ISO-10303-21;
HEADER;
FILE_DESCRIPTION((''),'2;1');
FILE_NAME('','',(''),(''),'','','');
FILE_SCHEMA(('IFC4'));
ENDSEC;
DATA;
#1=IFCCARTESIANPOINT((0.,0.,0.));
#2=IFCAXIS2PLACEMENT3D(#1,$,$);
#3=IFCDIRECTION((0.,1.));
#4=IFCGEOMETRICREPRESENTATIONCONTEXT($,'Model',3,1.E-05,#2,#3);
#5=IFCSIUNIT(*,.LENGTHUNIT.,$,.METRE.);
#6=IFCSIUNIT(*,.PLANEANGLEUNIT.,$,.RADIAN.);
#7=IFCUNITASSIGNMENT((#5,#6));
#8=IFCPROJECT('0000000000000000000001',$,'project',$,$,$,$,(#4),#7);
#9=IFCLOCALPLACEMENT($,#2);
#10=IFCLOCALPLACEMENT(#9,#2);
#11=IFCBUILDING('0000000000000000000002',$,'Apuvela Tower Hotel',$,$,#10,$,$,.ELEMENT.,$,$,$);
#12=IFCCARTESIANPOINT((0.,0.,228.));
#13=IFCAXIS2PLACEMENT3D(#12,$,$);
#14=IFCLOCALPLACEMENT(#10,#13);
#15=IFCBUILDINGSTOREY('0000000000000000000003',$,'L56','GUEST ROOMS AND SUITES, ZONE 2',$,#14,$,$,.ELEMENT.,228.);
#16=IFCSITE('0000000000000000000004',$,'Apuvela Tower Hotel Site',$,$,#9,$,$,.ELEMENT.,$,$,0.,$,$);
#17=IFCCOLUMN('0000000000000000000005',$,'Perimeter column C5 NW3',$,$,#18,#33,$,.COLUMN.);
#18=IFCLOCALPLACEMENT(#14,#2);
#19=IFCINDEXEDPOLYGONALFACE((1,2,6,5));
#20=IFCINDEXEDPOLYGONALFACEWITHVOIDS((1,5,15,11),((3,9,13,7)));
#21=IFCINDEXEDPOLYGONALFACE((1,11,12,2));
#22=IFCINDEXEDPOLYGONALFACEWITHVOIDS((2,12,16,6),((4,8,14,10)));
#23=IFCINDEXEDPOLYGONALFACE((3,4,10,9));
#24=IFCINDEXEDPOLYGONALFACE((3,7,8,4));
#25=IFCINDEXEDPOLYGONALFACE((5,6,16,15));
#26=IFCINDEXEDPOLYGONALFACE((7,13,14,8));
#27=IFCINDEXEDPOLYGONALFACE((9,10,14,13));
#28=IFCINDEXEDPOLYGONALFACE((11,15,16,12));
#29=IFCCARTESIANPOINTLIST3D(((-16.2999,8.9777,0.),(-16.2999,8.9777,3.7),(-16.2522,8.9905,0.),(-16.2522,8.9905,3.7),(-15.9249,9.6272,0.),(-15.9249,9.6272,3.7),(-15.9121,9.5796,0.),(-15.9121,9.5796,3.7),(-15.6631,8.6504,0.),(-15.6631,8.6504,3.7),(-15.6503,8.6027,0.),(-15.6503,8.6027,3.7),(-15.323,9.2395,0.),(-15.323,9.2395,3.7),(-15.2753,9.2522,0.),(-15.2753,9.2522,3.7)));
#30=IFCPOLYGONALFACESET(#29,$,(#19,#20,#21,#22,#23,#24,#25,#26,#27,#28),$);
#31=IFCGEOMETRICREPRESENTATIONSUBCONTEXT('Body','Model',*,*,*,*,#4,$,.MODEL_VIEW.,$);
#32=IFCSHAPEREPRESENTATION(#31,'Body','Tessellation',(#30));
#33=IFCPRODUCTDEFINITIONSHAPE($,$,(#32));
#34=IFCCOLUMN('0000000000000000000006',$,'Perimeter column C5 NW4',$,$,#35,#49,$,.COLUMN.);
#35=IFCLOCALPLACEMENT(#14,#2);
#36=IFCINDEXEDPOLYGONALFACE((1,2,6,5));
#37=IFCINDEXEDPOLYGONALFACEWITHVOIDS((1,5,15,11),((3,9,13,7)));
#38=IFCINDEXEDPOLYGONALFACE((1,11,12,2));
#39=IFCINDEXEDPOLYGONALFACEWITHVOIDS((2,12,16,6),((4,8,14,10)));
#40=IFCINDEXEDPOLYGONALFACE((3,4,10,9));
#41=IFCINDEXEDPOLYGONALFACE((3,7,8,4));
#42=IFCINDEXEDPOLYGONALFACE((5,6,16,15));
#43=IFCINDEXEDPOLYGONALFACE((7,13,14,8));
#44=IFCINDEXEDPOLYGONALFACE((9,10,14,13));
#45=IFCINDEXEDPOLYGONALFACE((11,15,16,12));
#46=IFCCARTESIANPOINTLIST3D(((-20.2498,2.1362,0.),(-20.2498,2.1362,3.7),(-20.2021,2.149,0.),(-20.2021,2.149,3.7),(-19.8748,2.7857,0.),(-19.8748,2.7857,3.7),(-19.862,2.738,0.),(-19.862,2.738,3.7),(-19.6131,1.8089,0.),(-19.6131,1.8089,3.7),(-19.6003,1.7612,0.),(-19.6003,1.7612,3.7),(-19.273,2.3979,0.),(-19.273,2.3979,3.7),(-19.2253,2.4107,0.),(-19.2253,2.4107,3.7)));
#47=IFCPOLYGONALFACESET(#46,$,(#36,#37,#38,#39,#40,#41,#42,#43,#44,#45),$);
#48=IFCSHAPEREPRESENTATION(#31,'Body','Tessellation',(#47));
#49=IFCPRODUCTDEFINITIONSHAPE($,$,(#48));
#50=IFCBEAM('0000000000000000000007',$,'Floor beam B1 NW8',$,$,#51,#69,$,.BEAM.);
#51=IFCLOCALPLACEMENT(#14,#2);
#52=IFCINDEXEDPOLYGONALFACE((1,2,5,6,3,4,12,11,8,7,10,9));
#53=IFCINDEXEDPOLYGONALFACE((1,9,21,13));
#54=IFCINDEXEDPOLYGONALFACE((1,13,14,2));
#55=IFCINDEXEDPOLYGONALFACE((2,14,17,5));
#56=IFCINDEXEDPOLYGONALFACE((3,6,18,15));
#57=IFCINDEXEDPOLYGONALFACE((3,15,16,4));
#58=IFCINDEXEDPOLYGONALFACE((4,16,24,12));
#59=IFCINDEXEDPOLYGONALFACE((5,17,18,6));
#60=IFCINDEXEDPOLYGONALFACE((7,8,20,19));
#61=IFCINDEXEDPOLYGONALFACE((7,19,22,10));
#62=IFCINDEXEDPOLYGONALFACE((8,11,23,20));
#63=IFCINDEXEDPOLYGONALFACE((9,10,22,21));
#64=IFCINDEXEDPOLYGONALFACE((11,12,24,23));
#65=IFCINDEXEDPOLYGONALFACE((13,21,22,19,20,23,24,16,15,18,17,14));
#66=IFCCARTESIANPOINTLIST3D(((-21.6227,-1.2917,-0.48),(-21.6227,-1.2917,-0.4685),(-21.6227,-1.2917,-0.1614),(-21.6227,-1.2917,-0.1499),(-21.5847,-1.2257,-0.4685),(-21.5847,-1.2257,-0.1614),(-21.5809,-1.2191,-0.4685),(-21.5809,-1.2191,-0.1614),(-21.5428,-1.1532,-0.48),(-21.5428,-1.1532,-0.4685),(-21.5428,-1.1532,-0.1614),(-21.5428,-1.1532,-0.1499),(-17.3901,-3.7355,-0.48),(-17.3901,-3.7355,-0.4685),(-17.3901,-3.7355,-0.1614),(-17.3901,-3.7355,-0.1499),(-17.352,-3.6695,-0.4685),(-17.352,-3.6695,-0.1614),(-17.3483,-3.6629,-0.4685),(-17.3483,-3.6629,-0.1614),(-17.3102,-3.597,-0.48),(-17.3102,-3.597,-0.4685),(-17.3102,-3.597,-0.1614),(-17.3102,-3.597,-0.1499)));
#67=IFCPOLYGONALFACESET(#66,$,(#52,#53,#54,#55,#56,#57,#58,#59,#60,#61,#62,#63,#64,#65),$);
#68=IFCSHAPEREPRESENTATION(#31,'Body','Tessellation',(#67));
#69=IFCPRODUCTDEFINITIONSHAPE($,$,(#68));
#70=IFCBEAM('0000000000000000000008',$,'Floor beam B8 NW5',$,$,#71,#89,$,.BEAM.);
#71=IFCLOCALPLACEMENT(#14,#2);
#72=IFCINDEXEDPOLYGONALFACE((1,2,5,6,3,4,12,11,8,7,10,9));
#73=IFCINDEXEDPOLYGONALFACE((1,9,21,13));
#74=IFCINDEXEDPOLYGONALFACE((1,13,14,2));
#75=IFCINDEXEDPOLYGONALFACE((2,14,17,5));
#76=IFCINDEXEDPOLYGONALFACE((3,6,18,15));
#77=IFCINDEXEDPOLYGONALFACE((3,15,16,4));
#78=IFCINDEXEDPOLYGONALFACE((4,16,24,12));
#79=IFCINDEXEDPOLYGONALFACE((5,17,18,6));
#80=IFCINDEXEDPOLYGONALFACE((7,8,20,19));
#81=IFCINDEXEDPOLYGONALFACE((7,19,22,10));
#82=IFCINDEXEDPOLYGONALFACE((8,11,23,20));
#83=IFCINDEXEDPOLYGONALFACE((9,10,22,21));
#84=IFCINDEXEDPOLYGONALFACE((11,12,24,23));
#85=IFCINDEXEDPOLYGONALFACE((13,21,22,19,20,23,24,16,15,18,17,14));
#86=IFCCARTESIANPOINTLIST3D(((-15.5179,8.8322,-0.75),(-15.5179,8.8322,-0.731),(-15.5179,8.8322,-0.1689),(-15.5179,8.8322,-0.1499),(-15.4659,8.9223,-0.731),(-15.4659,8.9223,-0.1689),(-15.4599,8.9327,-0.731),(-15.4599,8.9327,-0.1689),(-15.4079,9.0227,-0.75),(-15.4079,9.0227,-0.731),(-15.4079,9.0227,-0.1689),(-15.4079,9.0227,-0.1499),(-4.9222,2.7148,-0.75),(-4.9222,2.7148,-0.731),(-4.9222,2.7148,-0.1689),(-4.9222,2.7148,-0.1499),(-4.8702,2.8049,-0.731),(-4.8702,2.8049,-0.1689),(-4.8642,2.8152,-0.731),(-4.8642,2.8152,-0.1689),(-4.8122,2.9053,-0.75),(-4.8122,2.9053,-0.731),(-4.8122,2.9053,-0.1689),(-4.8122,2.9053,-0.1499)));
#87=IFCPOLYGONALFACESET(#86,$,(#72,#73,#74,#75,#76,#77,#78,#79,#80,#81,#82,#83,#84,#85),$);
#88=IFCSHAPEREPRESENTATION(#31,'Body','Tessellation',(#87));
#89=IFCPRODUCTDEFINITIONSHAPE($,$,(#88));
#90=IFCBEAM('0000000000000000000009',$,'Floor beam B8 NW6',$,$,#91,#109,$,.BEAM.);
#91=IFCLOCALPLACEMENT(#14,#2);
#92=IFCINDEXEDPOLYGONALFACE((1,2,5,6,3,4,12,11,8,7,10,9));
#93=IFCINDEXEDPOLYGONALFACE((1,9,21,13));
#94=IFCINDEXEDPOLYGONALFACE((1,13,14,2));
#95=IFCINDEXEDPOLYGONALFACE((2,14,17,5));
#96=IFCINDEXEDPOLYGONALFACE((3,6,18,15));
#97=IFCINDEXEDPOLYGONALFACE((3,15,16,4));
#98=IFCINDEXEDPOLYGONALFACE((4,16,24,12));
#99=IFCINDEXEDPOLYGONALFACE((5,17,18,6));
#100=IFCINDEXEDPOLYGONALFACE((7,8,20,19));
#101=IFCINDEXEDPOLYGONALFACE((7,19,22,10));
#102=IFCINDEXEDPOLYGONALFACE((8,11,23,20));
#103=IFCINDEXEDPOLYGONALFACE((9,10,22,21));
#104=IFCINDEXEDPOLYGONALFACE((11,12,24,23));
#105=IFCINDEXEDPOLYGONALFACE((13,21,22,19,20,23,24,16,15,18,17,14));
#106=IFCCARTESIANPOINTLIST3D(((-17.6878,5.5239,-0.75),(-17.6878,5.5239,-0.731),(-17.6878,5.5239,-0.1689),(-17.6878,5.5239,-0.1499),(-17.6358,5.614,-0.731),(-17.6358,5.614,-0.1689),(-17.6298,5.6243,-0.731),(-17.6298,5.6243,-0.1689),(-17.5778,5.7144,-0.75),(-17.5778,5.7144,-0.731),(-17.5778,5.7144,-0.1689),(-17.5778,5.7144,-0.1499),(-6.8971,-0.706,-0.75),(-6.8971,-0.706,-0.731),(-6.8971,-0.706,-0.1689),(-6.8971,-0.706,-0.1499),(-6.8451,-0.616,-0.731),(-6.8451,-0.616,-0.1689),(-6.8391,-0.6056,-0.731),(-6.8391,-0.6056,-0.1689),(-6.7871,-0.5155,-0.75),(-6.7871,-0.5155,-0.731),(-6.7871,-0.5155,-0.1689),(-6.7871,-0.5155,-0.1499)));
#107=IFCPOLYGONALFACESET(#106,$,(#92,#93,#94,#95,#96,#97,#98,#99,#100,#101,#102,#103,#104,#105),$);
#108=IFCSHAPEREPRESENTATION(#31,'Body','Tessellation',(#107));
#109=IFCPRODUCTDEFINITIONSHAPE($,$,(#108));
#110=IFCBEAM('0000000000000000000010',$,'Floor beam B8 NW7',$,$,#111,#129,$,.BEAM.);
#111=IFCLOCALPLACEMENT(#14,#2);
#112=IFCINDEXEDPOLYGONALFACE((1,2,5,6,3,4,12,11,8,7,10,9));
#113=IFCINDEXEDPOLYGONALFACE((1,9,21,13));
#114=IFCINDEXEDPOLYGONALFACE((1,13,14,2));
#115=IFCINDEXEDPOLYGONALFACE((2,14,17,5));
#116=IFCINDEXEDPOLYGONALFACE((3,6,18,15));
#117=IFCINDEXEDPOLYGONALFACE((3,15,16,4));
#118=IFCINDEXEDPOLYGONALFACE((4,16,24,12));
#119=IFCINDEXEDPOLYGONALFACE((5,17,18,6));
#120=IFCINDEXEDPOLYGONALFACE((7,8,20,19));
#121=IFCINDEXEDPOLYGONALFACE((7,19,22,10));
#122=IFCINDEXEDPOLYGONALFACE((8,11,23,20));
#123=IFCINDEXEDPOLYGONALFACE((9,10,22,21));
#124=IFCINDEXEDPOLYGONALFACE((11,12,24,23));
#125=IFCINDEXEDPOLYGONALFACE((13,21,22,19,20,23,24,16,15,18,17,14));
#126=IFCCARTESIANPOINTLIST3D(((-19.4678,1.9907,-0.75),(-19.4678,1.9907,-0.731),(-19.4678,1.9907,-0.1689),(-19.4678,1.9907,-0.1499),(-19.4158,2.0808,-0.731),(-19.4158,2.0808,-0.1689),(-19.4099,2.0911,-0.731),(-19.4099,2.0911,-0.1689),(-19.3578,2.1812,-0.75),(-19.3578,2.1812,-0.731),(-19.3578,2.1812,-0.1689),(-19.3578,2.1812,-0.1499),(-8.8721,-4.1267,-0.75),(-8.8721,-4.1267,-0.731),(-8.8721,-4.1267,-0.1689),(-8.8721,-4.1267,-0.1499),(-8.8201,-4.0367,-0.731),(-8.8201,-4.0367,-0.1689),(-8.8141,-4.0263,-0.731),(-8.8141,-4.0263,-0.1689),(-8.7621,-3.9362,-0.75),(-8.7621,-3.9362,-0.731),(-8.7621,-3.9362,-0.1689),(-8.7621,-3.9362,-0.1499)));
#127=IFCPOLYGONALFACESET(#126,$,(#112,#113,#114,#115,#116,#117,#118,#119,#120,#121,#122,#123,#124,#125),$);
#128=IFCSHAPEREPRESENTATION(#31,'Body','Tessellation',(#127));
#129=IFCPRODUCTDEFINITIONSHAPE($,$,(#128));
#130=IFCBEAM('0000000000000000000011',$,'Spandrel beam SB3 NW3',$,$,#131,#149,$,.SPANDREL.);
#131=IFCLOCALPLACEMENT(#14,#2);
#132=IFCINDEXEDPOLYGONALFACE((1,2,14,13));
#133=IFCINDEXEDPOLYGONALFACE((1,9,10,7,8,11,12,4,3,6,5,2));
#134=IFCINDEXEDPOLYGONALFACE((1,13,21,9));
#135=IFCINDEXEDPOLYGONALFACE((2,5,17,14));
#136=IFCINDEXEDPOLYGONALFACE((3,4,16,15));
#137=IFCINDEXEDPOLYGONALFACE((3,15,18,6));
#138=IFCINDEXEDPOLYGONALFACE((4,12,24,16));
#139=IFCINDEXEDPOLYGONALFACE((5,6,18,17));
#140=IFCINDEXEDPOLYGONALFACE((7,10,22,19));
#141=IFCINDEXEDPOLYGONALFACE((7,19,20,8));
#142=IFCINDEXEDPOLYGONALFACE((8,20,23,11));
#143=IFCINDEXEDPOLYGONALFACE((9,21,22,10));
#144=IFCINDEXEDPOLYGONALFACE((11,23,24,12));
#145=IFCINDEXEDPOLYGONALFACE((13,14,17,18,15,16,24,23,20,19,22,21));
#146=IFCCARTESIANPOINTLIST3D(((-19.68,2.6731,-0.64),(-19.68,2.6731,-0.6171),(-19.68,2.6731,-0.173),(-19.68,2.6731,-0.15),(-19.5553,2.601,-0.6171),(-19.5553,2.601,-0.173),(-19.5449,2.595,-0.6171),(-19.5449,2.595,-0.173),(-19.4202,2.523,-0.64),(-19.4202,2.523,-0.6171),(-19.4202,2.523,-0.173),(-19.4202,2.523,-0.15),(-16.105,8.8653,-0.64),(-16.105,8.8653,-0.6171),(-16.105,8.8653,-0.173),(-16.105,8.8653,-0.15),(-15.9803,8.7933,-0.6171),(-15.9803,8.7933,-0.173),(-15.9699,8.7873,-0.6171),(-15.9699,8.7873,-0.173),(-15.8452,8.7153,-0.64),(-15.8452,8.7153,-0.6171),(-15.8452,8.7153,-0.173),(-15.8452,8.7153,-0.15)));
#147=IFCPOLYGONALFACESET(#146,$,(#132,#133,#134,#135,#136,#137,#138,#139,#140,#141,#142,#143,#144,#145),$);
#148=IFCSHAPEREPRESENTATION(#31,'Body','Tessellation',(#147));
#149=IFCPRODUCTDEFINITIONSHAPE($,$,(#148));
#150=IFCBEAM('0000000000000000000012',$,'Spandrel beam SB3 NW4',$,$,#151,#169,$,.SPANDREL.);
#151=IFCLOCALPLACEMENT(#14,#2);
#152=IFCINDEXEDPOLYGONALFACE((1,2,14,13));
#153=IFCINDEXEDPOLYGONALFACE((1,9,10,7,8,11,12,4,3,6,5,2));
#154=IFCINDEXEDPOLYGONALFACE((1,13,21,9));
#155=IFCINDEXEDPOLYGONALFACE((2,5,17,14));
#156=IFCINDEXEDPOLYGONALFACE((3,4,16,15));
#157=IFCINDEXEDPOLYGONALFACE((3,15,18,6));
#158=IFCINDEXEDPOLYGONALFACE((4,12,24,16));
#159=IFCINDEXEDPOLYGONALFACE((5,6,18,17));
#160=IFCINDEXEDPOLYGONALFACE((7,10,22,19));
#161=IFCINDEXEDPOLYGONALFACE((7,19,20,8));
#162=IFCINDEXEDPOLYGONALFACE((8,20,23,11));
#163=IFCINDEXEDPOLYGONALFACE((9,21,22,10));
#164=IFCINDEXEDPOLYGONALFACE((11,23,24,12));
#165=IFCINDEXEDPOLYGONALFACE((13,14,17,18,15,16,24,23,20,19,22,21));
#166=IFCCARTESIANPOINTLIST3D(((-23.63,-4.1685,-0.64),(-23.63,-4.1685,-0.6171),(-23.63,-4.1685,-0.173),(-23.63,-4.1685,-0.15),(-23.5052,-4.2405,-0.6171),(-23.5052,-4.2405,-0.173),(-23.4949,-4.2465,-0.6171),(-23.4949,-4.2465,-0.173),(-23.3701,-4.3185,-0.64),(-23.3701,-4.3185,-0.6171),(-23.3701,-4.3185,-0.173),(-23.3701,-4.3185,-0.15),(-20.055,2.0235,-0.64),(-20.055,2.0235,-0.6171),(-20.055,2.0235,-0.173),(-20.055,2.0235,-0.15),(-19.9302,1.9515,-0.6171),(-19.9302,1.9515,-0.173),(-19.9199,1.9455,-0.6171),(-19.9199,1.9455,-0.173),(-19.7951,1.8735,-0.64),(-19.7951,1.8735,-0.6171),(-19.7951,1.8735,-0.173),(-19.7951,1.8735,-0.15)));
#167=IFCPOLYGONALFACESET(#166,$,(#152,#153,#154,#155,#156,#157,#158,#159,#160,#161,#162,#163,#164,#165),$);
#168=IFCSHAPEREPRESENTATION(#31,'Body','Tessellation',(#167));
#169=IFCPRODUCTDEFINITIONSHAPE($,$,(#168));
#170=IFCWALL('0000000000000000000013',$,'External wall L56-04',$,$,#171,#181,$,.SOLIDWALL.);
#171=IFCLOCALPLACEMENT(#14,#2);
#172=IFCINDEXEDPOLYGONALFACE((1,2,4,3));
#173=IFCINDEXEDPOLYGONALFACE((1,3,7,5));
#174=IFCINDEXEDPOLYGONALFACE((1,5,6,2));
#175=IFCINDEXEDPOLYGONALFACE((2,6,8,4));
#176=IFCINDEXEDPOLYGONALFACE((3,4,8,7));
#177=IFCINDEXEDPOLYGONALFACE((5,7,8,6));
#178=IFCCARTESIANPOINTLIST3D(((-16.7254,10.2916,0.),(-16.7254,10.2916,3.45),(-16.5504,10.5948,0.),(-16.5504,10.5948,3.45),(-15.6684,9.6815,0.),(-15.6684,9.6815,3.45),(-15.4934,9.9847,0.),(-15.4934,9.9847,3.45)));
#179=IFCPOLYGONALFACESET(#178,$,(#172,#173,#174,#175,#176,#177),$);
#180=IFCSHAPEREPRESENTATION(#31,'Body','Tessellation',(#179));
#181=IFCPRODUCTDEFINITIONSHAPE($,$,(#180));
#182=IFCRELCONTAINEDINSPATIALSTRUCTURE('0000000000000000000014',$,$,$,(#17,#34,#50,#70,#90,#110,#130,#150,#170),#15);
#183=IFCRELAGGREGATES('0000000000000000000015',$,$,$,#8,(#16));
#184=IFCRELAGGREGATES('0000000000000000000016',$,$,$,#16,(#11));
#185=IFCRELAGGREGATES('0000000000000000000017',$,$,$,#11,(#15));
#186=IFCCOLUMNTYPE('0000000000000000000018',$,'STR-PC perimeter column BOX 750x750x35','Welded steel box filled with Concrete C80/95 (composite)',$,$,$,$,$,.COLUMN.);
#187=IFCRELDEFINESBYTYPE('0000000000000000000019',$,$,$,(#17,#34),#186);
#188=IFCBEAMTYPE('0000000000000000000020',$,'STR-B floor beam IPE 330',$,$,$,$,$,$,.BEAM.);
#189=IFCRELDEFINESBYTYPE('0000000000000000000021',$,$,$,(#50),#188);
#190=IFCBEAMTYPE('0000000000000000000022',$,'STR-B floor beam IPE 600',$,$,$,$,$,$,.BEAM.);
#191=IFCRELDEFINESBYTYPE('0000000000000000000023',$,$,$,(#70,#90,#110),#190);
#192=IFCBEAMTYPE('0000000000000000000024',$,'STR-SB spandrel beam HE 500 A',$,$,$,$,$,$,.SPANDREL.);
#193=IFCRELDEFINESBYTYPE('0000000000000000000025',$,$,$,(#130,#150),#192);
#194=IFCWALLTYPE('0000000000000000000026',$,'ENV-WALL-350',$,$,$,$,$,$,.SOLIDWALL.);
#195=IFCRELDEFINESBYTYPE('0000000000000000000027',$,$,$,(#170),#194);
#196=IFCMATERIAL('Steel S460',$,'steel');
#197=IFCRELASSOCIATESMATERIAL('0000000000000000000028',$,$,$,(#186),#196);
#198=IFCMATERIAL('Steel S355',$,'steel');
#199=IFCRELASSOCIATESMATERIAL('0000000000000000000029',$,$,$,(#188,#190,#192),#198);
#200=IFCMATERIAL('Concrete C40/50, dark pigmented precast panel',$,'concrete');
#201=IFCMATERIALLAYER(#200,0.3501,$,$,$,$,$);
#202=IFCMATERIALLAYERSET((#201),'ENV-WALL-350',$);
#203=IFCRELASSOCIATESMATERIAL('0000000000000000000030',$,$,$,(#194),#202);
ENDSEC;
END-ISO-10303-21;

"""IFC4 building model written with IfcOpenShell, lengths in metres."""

from ifc_helpers import new_model, si_unit, direction, frame, frame_2d, origin, origin_2d, place, context, subcontext, project, spatial, rectangle, hollow_rectangle, i_section, extrude, material, layer, layer_set, material_profile, profile_set, type_object, element, save


model = new_model("IFC4")

# Units and contexts
model_context = context("Model", 3, precision=1e-05, world=origin(), true_north=direction((0.0, 1.0)))
body_context = subcontext(model_context, "Body", "Model", "MODEL_VIEW")
ifc_project = project(units=[si_unit("LENGTHUNIT", "METRE"), si_unit("PLANEANGLEUNIT", "RADIAN")], contexts=[model_context])

# Site, building, storey
site_placement = place(None, origin())
site = spatial("IfcSite", under=ifc_project, at=site_placement, Name="Apuvela Tower Hotel Site", CompositionType="ELEMENT", RefElevation=0.0)
building_placement = place(site_placement, origin())
building = spatial("IfcBuilding", under=site, at=building_placement, Name="Apuvela Tower Hotel", CompositionType="ELEMENT")
storey_placement = place(building_placement, frame((0.0, 0.0, 228.0)))
storey = spatial("IfcBuildingStorey", under=building, at=storey_placement, Name="L56", Description="GUEST ROOMS AND SUITES, ZONE 2", CompositionType="ELEMENT", Elevation=228.0)

# Columns
ifc_material_1 = material(Name="Steel S460", Category="steel")
ifc_material_profile_1 = material_profile(ifc_material_1, hollow_rectangle(XDim=0.75, YDim=0.75, WallThickness=0.0349, at=origin_2d()), Name="BOX 750x750x35")
ifc_material_2 = material(Name="Concrete C80/95", Category="concrete")
ifc_material_profile_2 = material_profile(ifc_material_2, rectangle(XDim=0.6799, YDim=0.6799, at=origin_2d()), Name="Concrete C80/95 infill")
ifc_profile_set_1 = profile_set([ifc_material_profile_1, ifc_material_profile_2], Name="Steel S460")
column_type = type_object("IfcColumnType", Name="STR-PC perimeter column BOX 750x750x35", Description="Welded steel box filled with Concrete C80/95 (composite)", PredefinedType="COLUMN", material=ifc_profile_set_1)
for number, where, z_axis, x_axis, name in (
    (1, (-15.7876, 9.115, 0.0), (0.0, 0.0, 1.0), (0.5, 0.866025, 0.0), "Perimeter column C5 NW3"),
    (2, (-19.7375, 2.2734, 0.0), (0.0, 0.0, 1.0), (0.5, 0.866025, 0.0), "Perimeter column C5 NW4"),
):
    element("IfcColumn", number, at=place(storey_placement, frame(where, z_axis=z_axis, x_axis=x_axis)), inside=storey, type_object=column_type, Name=name, PredefinedType="COLUMN", context=body_context, shape_type="SweptSolid", body=[
        extrude(hollow_rectangle(XDim=0.75, YDim=0.75, WallThickness=0.0349, at=origin_2d()), origin(), (0.0, 0.0, 1.0), 3.7),
    ])

# Beams
ifc_material_3 = material(Name="Steel S355", Category="steel")
ifc_material_profile_3 = material_profile(ifc_material_3, i_section(OverallWidth=0.1599, OverallDepth=0.3301, WebThickness=0.0076, FlangeThickness=0.0115, at=origin_2d()), Name="IPE 330")
ifc_profile_set_2 = profile_set([ifc_material_profile_3], Name="Steel S355")
beam_type_1 = type_object("IfcBeamType", Name="STR-B floor beam IPE 330", PredefinedType="BEAM", material=ifc_profile_set_2)
beam_1_placement = place(storey_placement, frame((-21.5828, -1.2224, -0.3149), z_axis=(0.866015, -0.500018, 0.0), x_axis=(0.500018, 0.866015, 0.0)))
element("IfcBeam", 3, at=beam_1_placement, inside=storey, type_object=beam_type_1, Name="Floor beam B1 NW8", PredefinedType="BEAM", context=body_context, shape_type="SweptSolid", body=[
    extrude(i_section(OverallWidth=0.1599, OverallDepth=0.3301, WebThickness=0.0076, FlangeThickness=0.0115, at=origin_2d()), origin(), (0.0, 0.0, 1.0), 4.8875),
])
ifc_material_profile_4 = material_profile(ifc_material_3, i_section(OverallWidth=0.22, OverallDepth=0.6001, WebThickness=0.012, FlangeThickness=0.019, at=origin_2d()), Name="IPE 600")
ifc_profile_set_3 = profile_set([ifc_material_profile_4], Name="Steel S355")
beam_type_2 = type_object("IfcBeamType", Name="STR-B floor beam IPE 600", PredefinedType="BEAM", material=ifc_profile_set_3)
beam_2_placement = place(storey_placement, frame((-15.4629, 8.9275, -0.45), z_axis=(0.866025, -0.5, 0.0), x_axis=(0.5, 0.866025, 0.0)))
element("IfcBeam", 4, at=beam_2_placement, inside=storey, type_object=beam_type_2, Name="Floor beam B8 NW5", PredefinedType="BEAM", context=body_context, shape_type="SweptSolid", body=[
    extrude(i_section(OverallWidth=0.22, OverallDepth=0.6001, WebThickness=0.012, FlangeThickness=0.019, at=origin_2d()), origin(), (0.0, 0.0, 1.0), 12.2349),
])
beam_3_placement = place(storey_placement, frame((-17.6328, 5.6191, -0.45), z_axis=(0.866028, -0.499996, 0.0), x_axis=(0.499996, 0.866028, 0.0)))
element("IfcBeam", 5, at=beam_3_placement, inside=storey, type_object=beam_type_2, Name="Floor beam B8 NW6", PredefinedType="BEAM", context=body_context, shape_type="SweptSolid", body=[
    extrude(i_section(OverallWidth=0.22, OverallDepth=0.6001, WebThickness=0.012, FlangeThickness=0.019, at=origin_2d()), origin(), (0.0, 0.0, 1.0), 12.46),
])
beam_4_placement = place(storey_placement, frame((-19.4128, 2.0859, -0.45), z_axis=(0.866025, -0.5, 0.0), x_axis=(0.5, 0.866025, 0.0)))
element("IfcBeam", 6, at=beam_4_placement, inside=storey, type_object=beam_type_2, Name="Floor beam B8 NW7", PredefinedType="BEAM", context=body_context, shape_type="SweptSolid", body=[
    extrude(i_section(OverallWidth=0.22, OverallDepth=0.6001, WebThickness=0.012, FlangeThickness=0.019, at=origin_2d()), origin(), (0.0, 0.0, 1.0), 12.2349),
])
ifc_material_profile_5 = material_profile(ifc_material_3, i_section(OverallWidth=0.3, OverallDepth=0.49, WebThickness=0.012, FlangeThickness=0.0229, at=origin_2d()), Name="HE 500 A")
ifc_profile_set_4 = profile_set([ifc_material_profile_5], Name="Steel S355")
beam_type_3 = type_object("IfcBeamType", Name="STR-SB spandrel beam HE 500 A", PredefinedType="SPANDREL", material=ifc_profile_set_4)
beam_5_placement = place(storey_placement, frame((-15.9751, 8.7903, -0.395), z_axis=(-0.499991, -0.86603, 0.0), x_axis=(0.86603, -0.499991, 0.0)))
element("IfcBeam", 7, at=beam_5_placement, inside=storey, type_object=beam_type_3, Name="Spandrel beam SB3 NW3", PredefinedType="SPANDREL", context=body_context, shape_type="SweptSolid", body=[
    extrude(i_section(OverallWidth=0.3, OverallDepth=0.49, WebThickness=0.012, FlangeThickness=0.0229, at=origin_2d()), origin(), (0.0, 0.0, 1.0), 7.1501),
])
beam_6_placement = place(storey_placement, frame((-19.925, 1.9485, -0.395), z_axis=(-0.500006, -0.866022, 0.0), x_axis=(0.866022, -0.500006, 0.0)))
element("IfcBeam", 8, at=beam_6_placement, inside=storey, type_object=beam_type_3, Name="Spandrel beam SB3 NW4", PredefinedType="SPANDREL", context=body_context, shape_type="SweptSolid", body=[
    extrude(i_section(OverallWidth=0.3, OverallDepth=0.49, WebThickness=0.012, FlangeThickness=0.0229, at=origin_2d()), origin(), (0.0, 0.0, 1.0), 7.1499),
])

# Wall
ifc_material_4 = material(Name="Concrete C40/50, dark pigmented precast panel", Category="concrete")
ifc_layer_1 = layer(ifc_material_4, 0.3501)
ifc_layer_set_1 = layer_set([ifc_layer_1], Name="ENV-WALL-350")
wall_type_1 = type_object("IfcWallType", Name="ENV-WALL-350", PredefinedType="SOLIDWALL", material=ifc_layer_set_1)
wall_1_placement = place(storey_placement, frame((-15.5808, 9.833, 0.0), z_axis=(0.0, 0.0, 1.0), x_axis=(-0.866056, 0.499948, 0.0)))
element("IfcWall", 9, at=wall_1_placement, inside=storey, type_object=wall_type_1, Name="External wall L56-04", PredefinedType="SOLIDWALL", context=body_context, shape_type="SweptSolid", body=[
    extrude(rectangle(XDim=1.2205, YDim=0.3501, at=frame_2d((0.6104, 0.0))), origin(), (0.0, 0.0, 1.0), 3.45),
])

save(model, "model.ifc")
